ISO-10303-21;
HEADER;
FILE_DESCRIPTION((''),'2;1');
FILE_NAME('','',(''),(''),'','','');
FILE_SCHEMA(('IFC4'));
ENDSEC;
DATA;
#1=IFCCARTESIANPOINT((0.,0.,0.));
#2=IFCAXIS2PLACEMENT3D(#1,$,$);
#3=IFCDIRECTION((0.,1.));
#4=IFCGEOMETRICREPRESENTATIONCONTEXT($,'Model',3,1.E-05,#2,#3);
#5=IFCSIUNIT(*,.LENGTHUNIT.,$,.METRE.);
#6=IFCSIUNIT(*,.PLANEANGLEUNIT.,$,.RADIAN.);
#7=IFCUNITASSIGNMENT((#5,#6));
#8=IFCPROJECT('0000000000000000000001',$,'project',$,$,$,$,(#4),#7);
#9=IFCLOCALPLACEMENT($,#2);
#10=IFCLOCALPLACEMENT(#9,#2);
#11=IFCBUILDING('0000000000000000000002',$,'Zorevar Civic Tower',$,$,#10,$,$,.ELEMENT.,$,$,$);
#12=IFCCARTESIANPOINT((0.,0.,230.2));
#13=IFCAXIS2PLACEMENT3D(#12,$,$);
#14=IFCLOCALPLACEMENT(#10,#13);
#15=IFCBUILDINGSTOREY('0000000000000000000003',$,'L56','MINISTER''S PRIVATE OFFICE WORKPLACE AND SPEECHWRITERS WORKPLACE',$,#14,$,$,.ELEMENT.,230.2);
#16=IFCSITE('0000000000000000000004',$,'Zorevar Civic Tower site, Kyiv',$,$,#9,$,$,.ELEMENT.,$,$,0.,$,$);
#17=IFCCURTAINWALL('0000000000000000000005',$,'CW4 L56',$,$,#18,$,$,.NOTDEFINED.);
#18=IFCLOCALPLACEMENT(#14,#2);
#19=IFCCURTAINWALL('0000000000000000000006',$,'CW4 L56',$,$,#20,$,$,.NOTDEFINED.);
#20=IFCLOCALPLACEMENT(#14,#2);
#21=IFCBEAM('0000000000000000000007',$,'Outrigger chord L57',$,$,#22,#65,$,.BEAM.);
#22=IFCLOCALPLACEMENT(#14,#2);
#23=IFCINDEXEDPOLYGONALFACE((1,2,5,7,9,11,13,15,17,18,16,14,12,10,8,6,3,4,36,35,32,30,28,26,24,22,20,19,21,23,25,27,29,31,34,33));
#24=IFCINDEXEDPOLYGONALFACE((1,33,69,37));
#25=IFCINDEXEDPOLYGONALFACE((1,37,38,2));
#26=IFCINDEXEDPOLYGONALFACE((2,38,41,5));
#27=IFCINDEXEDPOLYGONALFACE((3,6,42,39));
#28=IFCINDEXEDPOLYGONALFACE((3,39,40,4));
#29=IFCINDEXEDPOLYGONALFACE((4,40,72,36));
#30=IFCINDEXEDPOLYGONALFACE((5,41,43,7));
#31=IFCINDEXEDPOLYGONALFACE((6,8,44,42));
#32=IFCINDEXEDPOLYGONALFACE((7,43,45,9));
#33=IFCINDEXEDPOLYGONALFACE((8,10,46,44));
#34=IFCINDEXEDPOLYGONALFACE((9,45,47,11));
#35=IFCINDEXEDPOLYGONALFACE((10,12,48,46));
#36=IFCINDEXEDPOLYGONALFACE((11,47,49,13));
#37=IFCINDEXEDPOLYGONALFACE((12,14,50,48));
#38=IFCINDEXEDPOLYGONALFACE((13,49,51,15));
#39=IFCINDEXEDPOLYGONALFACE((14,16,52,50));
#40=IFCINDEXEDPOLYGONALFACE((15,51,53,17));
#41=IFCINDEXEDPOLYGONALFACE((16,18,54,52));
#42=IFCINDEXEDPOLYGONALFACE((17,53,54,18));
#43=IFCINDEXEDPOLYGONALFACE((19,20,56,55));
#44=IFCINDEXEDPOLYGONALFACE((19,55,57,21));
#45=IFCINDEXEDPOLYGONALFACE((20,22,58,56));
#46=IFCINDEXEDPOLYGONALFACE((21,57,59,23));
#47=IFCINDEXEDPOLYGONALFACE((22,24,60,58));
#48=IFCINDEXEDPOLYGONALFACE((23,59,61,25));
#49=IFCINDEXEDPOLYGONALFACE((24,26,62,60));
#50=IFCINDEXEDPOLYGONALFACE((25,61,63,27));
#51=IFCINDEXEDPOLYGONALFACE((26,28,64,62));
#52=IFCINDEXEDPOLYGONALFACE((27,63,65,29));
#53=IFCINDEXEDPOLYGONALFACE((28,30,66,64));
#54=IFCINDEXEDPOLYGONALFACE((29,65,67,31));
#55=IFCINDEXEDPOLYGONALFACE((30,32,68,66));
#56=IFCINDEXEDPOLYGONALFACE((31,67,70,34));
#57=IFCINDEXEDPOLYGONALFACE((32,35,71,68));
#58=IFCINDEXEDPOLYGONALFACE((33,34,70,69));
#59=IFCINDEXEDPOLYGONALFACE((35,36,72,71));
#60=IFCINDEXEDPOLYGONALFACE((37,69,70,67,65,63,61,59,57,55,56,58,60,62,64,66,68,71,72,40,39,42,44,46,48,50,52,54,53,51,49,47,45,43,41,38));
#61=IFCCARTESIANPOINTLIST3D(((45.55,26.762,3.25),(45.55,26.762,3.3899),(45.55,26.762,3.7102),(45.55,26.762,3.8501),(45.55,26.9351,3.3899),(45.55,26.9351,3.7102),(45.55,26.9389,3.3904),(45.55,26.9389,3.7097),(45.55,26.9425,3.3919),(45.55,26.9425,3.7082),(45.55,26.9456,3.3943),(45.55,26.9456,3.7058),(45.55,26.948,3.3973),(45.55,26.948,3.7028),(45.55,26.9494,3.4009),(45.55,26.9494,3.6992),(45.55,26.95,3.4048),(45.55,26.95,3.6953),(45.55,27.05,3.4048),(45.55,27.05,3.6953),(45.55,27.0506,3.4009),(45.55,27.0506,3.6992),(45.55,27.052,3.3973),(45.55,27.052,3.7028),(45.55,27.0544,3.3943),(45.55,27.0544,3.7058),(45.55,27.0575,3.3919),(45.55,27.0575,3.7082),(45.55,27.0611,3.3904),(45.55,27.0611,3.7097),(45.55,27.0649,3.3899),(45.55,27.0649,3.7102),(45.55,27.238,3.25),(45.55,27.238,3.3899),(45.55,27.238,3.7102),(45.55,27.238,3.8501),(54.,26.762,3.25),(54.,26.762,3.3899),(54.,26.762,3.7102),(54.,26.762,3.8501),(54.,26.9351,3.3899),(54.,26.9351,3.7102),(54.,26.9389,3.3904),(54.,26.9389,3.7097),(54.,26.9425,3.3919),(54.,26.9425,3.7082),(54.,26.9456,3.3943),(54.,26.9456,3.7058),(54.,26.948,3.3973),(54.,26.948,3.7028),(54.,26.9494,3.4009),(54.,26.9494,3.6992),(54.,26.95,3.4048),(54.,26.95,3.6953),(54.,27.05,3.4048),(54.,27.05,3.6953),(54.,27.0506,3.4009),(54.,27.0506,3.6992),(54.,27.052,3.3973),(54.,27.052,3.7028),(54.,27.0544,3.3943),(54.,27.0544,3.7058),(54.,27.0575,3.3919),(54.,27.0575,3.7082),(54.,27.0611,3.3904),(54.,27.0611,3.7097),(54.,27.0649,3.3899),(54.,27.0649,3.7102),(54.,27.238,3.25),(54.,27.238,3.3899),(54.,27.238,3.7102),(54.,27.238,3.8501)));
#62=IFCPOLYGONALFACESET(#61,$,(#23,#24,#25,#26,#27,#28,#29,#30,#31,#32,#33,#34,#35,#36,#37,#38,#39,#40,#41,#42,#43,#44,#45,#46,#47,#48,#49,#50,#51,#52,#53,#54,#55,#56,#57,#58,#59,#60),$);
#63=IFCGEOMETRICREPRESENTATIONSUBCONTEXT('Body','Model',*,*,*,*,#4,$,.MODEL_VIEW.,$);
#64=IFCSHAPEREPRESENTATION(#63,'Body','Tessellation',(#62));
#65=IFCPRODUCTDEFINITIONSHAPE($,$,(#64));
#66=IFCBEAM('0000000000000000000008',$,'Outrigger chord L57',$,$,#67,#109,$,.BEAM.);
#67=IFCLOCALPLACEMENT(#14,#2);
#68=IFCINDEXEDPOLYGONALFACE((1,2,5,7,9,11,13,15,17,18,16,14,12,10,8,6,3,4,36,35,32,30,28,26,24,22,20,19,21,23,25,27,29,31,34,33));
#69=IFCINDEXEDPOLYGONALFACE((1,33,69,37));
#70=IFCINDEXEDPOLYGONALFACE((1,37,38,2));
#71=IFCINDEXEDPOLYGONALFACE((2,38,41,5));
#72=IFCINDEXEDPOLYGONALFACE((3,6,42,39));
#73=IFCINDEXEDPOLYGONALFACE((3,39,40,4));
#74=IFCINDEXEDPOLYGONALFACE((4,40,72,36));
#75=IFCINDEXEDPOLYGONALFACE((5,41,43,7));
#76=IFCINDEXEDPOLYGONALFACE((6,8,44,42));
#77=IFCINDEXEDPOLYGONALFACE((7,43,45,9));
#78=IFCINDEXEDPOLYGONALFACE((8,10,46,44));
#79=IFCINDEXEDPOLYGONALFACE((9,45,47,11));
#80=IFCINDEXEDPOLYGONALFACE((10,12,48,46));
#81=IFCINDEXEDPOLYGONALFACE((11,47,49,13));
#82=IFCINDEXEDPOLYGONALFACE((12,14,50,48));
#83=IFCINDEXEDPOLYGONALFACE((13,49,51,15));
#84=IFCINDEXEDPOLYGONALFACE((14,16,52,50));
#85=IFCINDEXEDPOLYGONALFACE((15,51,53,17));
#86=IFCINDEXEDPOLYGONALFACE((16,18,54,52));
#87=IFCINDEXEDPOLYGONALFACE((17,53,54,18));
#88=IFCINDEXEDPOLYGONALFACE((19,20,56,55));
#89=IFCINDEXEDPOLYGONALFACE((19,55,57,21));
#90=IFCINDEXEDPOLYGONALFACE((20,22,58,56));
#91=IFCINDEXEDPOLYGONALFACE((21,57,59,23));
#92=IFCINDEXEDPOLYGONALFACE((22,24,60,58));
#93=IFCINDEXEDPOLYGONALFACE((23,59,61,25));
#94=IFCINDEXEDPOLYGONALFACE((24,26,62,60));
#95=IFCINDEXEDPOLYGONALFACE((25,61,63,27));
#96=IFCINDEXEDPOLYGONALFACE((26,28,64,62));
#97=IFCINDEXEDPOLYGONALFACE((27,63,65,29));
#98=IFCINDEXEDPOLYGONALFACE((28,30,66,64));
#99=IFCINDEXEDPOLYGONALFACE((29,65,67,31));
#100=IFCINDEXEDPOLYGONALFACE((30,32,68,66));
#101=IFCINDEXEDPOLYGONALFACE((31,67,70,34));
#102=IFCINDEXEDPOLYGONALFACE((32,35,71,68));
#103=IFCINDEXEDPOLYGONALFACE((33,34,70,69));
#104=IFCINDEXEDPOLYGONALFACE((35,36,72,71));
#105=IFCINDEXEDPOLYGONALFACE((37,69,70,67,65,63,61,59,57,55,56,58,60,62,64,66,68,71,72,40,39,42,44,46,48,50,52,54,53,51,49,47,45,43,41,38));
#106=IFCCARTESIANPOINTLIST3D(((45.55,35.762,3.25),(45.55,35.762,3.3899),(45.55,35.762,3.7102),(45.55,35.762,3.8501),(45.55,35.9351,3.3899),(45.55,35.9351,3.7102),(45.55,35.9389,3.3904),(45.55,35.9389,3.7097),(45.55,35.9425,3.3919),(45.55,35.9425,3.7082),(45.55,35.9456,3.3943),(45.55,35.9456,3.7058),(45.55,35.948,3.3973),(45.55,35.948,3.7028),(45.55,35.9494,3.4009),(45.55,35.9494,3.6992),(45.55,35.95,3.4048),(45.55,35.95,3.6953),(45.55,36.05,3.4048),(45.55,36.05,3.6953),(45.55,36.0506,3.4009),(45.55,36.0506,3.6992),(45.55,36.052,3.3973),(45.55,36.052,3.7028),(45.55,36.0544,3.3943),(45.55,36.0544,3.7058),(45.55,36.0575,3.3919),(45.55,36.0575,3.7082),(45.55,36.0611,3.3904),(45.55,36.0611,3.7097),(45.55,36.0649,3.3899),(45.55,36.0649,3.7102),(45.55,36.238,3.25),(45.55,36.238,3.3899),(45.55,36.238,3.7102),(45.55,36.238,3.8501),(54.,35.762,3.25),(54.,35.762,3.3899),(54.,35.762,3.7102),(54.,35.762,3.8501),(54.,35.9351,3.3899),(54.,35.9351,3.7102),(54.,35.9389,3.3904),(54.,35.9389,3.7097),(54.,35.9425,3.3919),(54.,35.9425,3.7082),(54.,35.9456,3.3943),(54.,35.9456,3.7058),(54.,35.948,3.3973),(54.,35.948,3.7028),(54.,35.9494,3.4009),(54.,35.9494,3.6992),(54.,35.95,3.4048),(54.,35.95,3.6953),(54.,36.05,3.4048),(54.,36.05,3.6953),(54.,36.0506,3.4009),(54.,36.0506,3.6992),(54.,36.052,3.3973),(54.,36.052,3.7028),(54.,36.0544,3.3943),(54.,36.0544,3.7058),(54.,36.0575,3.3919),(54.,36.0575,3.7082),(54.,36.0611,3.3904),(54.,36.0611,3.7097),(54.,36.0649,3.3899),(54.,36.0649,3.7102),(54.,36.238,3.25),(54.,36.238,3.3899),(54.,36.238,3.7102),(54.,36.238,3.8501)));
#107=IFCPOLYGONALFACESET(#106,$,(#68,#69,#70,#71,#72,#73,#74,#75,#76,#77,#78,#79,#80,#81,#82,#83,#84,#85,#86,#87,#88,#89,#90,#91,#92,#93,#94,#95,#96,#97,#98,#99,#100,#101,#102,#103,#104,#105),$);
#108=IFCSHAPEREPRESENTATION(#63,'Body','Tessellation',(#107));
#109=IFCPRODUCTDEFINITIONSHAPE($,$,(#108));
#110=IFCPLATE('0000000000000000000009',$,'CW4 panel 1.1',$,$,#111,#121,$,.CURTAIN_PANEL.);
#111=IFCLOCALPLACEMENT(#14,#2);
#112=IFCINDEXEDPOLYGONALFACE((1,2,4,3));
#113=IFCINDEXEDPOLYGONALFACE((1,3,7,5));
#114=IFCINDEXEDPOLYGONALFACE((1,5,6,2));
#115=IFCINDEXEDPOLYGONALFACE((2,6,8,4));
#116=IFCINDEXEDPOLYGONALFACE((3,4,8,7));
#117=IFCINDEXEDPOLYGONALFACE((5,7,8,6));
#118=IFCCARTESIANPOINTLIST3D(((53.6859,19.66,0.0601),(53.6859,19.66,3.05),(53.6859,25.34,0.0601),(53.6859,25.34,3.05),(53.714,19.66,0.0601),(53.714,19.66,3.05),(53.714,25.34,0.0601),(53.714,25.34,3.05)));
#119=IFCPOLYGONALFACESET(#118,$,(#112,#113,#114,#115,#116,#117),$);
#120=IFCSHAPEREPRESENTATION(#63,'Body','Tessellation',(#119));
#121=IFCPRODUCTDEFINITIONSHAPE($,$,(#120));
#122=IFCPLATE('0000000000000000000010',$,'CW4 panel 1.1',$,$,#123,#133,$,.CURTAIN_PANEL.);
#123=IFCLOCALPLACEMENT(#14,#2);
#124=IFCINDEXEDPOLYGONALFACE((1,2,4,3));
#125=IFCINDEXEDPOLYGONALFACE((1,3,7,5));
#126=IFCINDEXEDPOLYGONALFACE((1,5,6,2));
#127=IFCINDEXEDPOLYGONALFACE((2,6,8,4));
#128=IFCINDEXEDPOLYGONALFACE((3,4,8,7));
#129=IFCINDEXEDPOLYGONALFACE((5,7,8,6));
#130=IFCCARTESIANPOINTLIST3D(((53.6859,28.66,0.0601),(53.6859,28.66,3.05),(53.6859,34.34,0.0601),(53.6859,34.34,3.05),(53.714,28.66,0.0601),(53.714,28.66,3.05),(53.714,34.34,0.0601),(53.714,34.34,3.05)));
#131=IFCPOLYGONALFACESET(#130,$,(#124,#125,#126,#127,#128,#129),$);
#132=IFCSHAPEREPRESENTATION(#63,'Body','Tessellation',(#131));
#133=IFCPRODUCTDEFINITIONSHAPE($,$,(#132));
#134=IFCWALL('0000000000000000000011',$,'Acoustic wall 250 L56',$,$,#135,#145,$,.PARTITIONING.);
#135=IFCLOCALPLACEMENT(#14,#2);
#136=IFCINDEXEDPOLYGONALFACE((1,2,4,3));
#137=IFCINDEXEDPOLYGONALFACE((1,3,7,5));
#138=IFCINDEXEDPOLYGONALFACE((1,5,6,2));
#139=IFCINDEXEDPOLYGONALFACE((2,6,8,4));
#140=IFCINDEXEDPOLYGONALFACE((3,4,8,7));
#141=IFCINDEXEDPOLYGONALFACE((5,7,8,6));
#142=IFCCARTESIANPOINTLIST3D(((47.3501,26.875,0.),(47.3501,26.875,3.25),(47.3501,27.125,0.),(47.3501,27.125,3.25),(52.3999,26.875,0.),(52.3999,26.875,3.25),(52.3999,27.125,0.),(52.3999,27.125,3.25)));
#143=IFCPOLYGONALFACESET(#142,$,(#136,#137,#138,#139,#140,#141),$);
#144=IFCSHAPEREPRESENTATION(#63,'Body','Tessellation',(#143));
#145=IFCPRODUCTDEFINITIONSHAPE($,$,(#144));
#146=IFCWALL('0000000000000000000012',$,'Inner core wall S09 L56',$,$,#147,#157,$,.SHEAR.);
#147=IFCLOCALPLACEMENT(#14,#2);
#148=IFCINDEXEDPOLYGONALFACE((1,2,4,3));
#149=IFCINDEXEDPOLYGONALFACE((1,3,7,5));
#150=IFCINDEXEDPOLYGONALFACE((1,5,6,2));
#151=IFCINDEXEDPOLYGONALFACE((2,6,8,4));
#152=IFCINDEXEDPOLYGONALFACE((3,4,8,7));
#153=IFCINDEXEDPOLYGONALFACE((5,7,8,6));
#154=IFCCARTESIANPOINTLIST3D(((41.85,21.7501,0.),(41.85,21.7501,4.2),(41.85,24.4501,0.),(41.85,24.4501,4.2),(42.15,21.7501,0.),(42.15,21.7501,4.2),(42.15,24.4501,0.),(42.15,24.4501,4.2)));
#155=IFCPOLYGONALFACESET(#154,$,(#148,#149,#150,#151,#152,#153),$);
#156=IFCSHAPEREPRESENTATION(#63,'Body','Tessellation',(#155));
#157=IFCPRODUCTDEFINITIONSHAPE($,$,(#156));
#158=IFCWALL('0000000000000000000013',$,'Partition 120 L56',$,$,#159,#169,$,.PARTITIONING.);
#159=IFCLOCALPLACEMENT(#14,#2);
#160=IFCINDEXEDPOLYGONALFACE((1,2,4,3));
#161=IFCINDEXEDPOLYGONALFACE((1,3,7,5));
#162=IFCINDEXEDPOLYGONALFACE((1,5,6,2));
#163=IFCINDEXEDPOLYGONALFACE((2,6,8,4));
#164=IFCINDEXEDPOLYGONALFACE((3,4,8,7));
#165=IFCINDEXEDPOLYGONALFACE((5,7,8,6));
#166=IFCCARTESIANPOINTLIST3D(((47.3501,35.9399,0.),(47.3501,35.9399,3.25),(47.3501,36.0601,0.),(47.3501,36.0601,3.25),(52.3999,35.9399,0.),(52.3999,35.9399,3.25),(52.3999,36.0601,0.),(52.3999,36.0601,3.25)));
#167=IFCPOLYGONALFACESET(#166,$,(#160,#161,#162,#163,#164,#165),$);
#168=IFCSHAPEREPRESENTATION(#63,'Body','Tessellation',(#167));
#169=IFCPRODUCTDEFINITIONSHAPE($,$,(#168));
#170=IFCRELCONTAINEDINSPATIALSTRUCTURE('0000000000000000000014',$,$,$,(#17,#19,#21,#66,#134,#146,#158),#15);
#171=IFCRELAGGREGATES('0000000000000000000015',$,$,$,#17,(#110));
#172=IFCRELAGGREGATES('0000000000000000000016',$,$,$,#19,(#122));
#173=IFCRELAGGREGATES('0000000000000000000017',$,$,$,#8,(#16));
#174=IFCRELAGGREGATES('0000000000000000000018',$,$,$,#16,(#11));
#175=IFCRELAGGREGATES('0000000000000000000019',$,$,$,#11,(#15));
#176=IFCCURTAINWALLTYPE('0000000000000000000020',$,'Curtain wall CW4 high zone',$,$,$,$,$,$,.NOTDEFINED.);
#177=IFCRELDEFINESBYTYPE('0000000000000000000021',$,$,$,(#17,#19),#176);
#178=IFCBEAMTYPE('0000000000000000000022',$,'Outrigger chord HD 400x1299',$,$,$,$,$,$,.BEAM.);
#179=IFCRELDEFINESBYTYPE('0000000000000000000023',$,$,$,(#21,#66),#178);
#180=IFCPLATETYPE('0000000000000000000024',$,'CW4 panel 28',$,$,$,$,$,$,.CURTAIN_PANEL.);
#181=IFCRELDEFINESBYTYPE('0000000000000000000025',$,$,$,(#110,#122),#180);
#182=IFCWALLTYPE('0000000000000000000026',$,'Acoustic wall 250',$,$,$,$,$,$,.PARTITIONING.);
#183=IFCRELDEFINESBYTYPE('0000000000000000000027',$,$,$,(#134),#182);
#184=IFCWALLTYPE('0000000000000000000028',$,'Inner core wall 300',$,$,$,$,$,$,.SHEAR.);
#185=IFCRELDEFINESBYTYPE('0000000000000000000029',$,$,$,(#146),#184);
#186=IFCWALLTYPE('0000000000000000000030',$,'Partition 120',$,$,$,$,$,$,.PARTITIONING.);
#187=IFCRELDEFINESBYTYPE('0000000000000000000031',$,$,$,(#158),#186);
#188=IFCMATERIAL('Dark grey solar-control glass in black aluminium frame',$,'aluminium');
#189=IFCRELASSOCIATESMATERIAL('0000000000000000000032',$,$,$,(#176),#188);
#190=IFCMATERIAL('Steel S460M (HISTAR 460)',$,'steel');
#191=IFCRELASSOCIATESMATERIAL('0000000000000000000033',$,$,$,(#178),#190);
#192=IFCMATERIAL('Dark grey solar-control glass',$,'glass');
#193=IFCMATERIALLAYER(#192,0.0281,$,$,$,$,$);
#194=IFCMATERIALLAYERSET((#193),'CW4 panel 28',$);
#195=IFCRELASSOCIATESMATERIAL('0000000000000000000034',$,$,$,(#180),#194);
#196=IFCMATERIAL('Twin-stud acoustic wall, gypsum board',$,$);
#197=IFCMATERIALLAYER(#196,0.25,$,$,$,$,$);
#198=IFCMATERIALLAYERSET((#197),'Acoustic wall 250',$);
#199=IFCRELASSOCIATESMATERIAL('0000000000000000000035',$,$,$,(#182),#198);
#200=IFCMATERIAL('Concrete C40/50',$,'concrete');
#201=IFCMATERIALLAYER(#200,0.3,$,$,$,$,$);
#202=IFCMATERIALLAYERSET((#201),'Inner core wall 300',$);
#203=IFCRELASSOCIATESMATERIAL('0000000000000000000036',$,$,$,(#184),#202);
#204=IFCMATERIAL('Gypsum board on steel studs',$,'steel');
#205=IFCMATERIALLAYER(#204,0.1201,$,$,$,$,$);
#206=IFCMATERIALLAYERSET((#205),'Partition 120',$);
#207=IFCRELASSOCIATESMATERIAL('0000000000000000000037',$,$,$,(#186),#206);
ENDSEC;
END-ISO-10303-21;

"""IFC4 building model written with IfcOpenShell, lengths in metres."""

from ifc_helpers import new_model, si_unit, direction, frame, frame_2d, origin, origin_2d, place, context, subcontext, project, spatial, rectangle, i_section, extrude, material, layer, layer_set, material_profile, profile_set, type_object, element, aggregate, save


model = new_model("IFC4")

# Units and contexts
model_context = context("Model", 3, precision=1e-05, world=origin(), true_north=direction((0.0, 1.0)))
body_context = subcontext(model_context, "Body", "Model", "MODEL_VIEW")
ifc_project = project(units=[si_unit("LENGTHUNIT", "METRE"), si_unit("PLANEANGLEUNIT", "RADIAN")], contexts=[model_context])

# Site, building, storey
site_placement = place(None, origin())
site = spatial("IfcSite", under=ifc_project, at=site_placement, Name="Zorevar Civic Tower site, Kyiv", CompositionType="ELEMENT", RefElevation=0.0)
building_placement = place(site_placement, origin())
building = spatial("IfcBuilding", under=site, at=building_placement, Name="Zorevar Civic Tower", CompositionType="ELEMENT")
storey_placement = place(building_placement, frame((0.0, 0.0, 230.2)))
storey = spatial("IfcBuildingStorey", under=building, at=storey_placement, Name="L56", Description="MINISTER'S PRIVATE OFFICE WORKPLACE AND SPEECHWRITERS WORKPLACE", CompositionType="ELEMENT", Elevation=230.2)

# Curtain wall
ifc_material_1 = material(Name="Dark grey solar-control glass in black aluminium frame", Category="aluminium")
curtain_wall_type = type_object("IfcCurtainWallType", Name="Curtain wall CW4 high zone", PredefinedType="NOTDEFINED", material=ifc_material_1)
curtain_wall_1_placement = place(storey_placement, origin())
curtain_wall_1 = element("IfcCurtainWall", 1, at=curtain_wall_1_placement, inside=storey, type_object=curtain_wall_type, Name="CW4 L56", PredefinedType="NOTDEFINED")

# Curtain wall
curtain_wall_2_placement = place(storey_placement, origin())
curtain_wall_2 = element("IfcCurtainWall", 2, at=curtain_wall_2_placement, inside=storey, type_object=curtain_wall_type, Name="CW4 L56", PredefinedType="NOTDEFINED")

# Beams
ifc_material_2 = material(Name="Steel S460M (HISTAR 460)", Category="steel")
ifc_material_profile_1 = material_profile(ifc_material_2, i_section(OverallWidth=0.4761, OverallDepth=0.6001, WebThickness=0.1001, FlangeThickness=0.1399, FilletRadius=0.0149, at=origin_2d()), Name="HD 400x1299")
ifc_profile_set_1 = profile_set([ifc_material_profile_1], Name="Steel S460M (HISTAR 460)")
beam_type_1 = type_object("IfcBeamType", Name="Outrigger chord HD 400x1299", PredefinedType="BEAM", material=ifc_profile_set_1)
for number, where, z_axis, x_axis, name in (
    (3, (45.55, 27.0, 3.55), (1.0, 0.0, 0.0), (0.0, 1.0, 0.0), "Outrigger chord L57"),
    (4, (45.55, 36.0, 3.55), (1.0, 0.0, 0.0), (0.0, 1.0, 0.0), "Outrigger chord L57"),
):
    element("IfcBeam", number, at=place(storey_placement, frame(where, z_axis=z_axis, x_axis=x_axis)), inside=storey, type_object=beam_type_1, Name=name, PredefinedType="BEAM", context=body_context, shape_type="SweptSolid", body=[
        extrude(i_section(OverallWidth=0.4761, OverallDepth=0.6001, WebThickness=0.1001, FlangeThickness=0.1399, FilletRadius=0.0149, at=origin_2d()), origin(), (0.0, 0.0, 1.0), 8.45),
    ])

# Plates
ifc_material_3 = material(Name="Dark grey solar-control glass", Category="glass")
ifc_layer_1 = layer(ifc_material_3, 0.0281)
ifc_layer_set_1 = layer_set([ifc_layer_1], Name="CW4 panel 28")
plate_type = type_object("IfcPlateType", Name="CW4 panel 28", PredefinedType="CURTAIN_PANEL", material=ifc_layer_set_1)
plate_1_placement = place(storey_placement, frame((53.7, 22.5, 0.0601), z_axis=(0.0, 0.0, 1.0), x_axis=(0.0, 1.0, 0.0)))
plate_1 = element("IfcPlate", 5, at=plate_1_placement, type_object=plate_type, Name="CW4 panel 1.1", PredefinedType="CURTAIN_PANEL", context=body_context, shape_type="SweptSolid", body=[
    extrude(rectangle(XDim=5.6799, YDim=0.0281, at=origin_2d()), origin(), (0.0, 0.0, 1.0), 2.99),
])
aggregate(curtain_wall_1, [plate_1])
plate_2_placement = place(storey_placement, frame((53.7, 31.5, 0.0601), z_axis=(0.0, 0.0, 1.0), x_axis=(0.0, 1.0, 0.0)))
plate_2 = element("IfcPlate", 6, at=plate_2_placement, type_object=plate_type, Name="CW4 panel 1.1", PredefinedType="CURTAIN_PANEL", context=body_context, shape_type="SweptSolid", body=[
    extrude(rectangle(XDim=5.6799, YDim=0.0281, at=origin_2d()), origin(), (0.0, 0.0, 1.0), 2.99),
])
aggregate(curtain_wall_2, [plate_2])

# Wall
ifc_material_4 = material(Name="Twin-stud acoustic wall, gypsum board")
ifc_layer_2 = layer(ifc_material_4, 0.25)
ifc_layer_set_2 = layer_set([ifc_layer_2], Name="Acoustic wall 250")
wall_type_1 = type_object("IfcWallType", Name="Acoustic wall 250", PredefinedType="PARTITIONING", material=ifc_layer_set_2)
wall_1_placement = place(storey_placement, frame((47.3501, 27.0, 0.0), z_axis=(0.0, 0.0, 1.0), x_axis=(1.0, 0.0, 0.0)))
element("IfcWall", 7, at=wall_1_placement, inside=storey, type_object=wall_type_1, Name="Acoustic wall 250 L56", PredefinedType="PARTITIONING", context=body_context, shape_type="SweptSolid", body=[
    extrude(rectangle(XDim=5.0498, YDim=0.25, at=frame_2d((2.5249, 0.0))), origin(), (0.0, 0.0, 1.0), 3.25),
])

# Shared definitions
ifc_material_5 = material(Name="Concrete C40/50", Category="concrete")
ifc_layer_3 = layer(ifc_material_5, 0.3)
ifc_layer_set_3 = layer_set([ifc_layer_3], Name="Inner core wall 300")
wall_type_2 = type_object("IfcWallType", Name="Inner core wall 300", PredefinedType="SHEAR", material=ifc_layer_set_3)

# Walls
wall_2_placement = place(storey_placement, frame((42.0, 21.75, 0.0), z_axis=(0.0, 0.0, 1.0), x_axis=(0.0, 1.0, 0.0)))
element("IfcWall", 8, at=wall_2_placement, inside=storey, type_object=wall_type_2, Name="Inner core wall S09 L56", PredefinedType="SHEAR", context=body_context, shape_type="SweptSolid", body=[
    extrude(rectangle(XDim=2.7, YDim=0.3, at=frame_2d((1.3501, 0.0))), origin(), (0.0, 0.0, 1.0), 4.2),
])
ifc_material_6 = material(Name="Gypsum board on steel studs", Category="steel")
ifc_layer_4 = layer(ifc_material_6, 0.1201)
ifc_layer_set_4 = layer_set([ifc_layer_4], Name="Partition 120")
wall_type_3 = type_object("IfcWallType", Name="Partition 120", PredefinedType="PARTITIONING", material=ifc_layer_set_4)
wall_3_placement = place(storey_placement, frame((47.3501, 36.0, 0.0), z_axis=(0.0, 0.0, 1.0), x_axis=(1.0, 0.0, 0.0)))
element("IfcWall", 9, at=wall_3_placement, inside=storey, type_object=wall_type_3, Name="Partition 120 L56", PredefinedType="PARTITIONING", context=body_context, shape_type="SweptSolid", body=[
    extrude(rectangle(XDim=5.0498, YDim=0.1201, at=frame_2d((2.5249, 0.0))), origin(), (0.0, 0.0, 1.0), 3.25),
])

save(model, "model.ifc")
